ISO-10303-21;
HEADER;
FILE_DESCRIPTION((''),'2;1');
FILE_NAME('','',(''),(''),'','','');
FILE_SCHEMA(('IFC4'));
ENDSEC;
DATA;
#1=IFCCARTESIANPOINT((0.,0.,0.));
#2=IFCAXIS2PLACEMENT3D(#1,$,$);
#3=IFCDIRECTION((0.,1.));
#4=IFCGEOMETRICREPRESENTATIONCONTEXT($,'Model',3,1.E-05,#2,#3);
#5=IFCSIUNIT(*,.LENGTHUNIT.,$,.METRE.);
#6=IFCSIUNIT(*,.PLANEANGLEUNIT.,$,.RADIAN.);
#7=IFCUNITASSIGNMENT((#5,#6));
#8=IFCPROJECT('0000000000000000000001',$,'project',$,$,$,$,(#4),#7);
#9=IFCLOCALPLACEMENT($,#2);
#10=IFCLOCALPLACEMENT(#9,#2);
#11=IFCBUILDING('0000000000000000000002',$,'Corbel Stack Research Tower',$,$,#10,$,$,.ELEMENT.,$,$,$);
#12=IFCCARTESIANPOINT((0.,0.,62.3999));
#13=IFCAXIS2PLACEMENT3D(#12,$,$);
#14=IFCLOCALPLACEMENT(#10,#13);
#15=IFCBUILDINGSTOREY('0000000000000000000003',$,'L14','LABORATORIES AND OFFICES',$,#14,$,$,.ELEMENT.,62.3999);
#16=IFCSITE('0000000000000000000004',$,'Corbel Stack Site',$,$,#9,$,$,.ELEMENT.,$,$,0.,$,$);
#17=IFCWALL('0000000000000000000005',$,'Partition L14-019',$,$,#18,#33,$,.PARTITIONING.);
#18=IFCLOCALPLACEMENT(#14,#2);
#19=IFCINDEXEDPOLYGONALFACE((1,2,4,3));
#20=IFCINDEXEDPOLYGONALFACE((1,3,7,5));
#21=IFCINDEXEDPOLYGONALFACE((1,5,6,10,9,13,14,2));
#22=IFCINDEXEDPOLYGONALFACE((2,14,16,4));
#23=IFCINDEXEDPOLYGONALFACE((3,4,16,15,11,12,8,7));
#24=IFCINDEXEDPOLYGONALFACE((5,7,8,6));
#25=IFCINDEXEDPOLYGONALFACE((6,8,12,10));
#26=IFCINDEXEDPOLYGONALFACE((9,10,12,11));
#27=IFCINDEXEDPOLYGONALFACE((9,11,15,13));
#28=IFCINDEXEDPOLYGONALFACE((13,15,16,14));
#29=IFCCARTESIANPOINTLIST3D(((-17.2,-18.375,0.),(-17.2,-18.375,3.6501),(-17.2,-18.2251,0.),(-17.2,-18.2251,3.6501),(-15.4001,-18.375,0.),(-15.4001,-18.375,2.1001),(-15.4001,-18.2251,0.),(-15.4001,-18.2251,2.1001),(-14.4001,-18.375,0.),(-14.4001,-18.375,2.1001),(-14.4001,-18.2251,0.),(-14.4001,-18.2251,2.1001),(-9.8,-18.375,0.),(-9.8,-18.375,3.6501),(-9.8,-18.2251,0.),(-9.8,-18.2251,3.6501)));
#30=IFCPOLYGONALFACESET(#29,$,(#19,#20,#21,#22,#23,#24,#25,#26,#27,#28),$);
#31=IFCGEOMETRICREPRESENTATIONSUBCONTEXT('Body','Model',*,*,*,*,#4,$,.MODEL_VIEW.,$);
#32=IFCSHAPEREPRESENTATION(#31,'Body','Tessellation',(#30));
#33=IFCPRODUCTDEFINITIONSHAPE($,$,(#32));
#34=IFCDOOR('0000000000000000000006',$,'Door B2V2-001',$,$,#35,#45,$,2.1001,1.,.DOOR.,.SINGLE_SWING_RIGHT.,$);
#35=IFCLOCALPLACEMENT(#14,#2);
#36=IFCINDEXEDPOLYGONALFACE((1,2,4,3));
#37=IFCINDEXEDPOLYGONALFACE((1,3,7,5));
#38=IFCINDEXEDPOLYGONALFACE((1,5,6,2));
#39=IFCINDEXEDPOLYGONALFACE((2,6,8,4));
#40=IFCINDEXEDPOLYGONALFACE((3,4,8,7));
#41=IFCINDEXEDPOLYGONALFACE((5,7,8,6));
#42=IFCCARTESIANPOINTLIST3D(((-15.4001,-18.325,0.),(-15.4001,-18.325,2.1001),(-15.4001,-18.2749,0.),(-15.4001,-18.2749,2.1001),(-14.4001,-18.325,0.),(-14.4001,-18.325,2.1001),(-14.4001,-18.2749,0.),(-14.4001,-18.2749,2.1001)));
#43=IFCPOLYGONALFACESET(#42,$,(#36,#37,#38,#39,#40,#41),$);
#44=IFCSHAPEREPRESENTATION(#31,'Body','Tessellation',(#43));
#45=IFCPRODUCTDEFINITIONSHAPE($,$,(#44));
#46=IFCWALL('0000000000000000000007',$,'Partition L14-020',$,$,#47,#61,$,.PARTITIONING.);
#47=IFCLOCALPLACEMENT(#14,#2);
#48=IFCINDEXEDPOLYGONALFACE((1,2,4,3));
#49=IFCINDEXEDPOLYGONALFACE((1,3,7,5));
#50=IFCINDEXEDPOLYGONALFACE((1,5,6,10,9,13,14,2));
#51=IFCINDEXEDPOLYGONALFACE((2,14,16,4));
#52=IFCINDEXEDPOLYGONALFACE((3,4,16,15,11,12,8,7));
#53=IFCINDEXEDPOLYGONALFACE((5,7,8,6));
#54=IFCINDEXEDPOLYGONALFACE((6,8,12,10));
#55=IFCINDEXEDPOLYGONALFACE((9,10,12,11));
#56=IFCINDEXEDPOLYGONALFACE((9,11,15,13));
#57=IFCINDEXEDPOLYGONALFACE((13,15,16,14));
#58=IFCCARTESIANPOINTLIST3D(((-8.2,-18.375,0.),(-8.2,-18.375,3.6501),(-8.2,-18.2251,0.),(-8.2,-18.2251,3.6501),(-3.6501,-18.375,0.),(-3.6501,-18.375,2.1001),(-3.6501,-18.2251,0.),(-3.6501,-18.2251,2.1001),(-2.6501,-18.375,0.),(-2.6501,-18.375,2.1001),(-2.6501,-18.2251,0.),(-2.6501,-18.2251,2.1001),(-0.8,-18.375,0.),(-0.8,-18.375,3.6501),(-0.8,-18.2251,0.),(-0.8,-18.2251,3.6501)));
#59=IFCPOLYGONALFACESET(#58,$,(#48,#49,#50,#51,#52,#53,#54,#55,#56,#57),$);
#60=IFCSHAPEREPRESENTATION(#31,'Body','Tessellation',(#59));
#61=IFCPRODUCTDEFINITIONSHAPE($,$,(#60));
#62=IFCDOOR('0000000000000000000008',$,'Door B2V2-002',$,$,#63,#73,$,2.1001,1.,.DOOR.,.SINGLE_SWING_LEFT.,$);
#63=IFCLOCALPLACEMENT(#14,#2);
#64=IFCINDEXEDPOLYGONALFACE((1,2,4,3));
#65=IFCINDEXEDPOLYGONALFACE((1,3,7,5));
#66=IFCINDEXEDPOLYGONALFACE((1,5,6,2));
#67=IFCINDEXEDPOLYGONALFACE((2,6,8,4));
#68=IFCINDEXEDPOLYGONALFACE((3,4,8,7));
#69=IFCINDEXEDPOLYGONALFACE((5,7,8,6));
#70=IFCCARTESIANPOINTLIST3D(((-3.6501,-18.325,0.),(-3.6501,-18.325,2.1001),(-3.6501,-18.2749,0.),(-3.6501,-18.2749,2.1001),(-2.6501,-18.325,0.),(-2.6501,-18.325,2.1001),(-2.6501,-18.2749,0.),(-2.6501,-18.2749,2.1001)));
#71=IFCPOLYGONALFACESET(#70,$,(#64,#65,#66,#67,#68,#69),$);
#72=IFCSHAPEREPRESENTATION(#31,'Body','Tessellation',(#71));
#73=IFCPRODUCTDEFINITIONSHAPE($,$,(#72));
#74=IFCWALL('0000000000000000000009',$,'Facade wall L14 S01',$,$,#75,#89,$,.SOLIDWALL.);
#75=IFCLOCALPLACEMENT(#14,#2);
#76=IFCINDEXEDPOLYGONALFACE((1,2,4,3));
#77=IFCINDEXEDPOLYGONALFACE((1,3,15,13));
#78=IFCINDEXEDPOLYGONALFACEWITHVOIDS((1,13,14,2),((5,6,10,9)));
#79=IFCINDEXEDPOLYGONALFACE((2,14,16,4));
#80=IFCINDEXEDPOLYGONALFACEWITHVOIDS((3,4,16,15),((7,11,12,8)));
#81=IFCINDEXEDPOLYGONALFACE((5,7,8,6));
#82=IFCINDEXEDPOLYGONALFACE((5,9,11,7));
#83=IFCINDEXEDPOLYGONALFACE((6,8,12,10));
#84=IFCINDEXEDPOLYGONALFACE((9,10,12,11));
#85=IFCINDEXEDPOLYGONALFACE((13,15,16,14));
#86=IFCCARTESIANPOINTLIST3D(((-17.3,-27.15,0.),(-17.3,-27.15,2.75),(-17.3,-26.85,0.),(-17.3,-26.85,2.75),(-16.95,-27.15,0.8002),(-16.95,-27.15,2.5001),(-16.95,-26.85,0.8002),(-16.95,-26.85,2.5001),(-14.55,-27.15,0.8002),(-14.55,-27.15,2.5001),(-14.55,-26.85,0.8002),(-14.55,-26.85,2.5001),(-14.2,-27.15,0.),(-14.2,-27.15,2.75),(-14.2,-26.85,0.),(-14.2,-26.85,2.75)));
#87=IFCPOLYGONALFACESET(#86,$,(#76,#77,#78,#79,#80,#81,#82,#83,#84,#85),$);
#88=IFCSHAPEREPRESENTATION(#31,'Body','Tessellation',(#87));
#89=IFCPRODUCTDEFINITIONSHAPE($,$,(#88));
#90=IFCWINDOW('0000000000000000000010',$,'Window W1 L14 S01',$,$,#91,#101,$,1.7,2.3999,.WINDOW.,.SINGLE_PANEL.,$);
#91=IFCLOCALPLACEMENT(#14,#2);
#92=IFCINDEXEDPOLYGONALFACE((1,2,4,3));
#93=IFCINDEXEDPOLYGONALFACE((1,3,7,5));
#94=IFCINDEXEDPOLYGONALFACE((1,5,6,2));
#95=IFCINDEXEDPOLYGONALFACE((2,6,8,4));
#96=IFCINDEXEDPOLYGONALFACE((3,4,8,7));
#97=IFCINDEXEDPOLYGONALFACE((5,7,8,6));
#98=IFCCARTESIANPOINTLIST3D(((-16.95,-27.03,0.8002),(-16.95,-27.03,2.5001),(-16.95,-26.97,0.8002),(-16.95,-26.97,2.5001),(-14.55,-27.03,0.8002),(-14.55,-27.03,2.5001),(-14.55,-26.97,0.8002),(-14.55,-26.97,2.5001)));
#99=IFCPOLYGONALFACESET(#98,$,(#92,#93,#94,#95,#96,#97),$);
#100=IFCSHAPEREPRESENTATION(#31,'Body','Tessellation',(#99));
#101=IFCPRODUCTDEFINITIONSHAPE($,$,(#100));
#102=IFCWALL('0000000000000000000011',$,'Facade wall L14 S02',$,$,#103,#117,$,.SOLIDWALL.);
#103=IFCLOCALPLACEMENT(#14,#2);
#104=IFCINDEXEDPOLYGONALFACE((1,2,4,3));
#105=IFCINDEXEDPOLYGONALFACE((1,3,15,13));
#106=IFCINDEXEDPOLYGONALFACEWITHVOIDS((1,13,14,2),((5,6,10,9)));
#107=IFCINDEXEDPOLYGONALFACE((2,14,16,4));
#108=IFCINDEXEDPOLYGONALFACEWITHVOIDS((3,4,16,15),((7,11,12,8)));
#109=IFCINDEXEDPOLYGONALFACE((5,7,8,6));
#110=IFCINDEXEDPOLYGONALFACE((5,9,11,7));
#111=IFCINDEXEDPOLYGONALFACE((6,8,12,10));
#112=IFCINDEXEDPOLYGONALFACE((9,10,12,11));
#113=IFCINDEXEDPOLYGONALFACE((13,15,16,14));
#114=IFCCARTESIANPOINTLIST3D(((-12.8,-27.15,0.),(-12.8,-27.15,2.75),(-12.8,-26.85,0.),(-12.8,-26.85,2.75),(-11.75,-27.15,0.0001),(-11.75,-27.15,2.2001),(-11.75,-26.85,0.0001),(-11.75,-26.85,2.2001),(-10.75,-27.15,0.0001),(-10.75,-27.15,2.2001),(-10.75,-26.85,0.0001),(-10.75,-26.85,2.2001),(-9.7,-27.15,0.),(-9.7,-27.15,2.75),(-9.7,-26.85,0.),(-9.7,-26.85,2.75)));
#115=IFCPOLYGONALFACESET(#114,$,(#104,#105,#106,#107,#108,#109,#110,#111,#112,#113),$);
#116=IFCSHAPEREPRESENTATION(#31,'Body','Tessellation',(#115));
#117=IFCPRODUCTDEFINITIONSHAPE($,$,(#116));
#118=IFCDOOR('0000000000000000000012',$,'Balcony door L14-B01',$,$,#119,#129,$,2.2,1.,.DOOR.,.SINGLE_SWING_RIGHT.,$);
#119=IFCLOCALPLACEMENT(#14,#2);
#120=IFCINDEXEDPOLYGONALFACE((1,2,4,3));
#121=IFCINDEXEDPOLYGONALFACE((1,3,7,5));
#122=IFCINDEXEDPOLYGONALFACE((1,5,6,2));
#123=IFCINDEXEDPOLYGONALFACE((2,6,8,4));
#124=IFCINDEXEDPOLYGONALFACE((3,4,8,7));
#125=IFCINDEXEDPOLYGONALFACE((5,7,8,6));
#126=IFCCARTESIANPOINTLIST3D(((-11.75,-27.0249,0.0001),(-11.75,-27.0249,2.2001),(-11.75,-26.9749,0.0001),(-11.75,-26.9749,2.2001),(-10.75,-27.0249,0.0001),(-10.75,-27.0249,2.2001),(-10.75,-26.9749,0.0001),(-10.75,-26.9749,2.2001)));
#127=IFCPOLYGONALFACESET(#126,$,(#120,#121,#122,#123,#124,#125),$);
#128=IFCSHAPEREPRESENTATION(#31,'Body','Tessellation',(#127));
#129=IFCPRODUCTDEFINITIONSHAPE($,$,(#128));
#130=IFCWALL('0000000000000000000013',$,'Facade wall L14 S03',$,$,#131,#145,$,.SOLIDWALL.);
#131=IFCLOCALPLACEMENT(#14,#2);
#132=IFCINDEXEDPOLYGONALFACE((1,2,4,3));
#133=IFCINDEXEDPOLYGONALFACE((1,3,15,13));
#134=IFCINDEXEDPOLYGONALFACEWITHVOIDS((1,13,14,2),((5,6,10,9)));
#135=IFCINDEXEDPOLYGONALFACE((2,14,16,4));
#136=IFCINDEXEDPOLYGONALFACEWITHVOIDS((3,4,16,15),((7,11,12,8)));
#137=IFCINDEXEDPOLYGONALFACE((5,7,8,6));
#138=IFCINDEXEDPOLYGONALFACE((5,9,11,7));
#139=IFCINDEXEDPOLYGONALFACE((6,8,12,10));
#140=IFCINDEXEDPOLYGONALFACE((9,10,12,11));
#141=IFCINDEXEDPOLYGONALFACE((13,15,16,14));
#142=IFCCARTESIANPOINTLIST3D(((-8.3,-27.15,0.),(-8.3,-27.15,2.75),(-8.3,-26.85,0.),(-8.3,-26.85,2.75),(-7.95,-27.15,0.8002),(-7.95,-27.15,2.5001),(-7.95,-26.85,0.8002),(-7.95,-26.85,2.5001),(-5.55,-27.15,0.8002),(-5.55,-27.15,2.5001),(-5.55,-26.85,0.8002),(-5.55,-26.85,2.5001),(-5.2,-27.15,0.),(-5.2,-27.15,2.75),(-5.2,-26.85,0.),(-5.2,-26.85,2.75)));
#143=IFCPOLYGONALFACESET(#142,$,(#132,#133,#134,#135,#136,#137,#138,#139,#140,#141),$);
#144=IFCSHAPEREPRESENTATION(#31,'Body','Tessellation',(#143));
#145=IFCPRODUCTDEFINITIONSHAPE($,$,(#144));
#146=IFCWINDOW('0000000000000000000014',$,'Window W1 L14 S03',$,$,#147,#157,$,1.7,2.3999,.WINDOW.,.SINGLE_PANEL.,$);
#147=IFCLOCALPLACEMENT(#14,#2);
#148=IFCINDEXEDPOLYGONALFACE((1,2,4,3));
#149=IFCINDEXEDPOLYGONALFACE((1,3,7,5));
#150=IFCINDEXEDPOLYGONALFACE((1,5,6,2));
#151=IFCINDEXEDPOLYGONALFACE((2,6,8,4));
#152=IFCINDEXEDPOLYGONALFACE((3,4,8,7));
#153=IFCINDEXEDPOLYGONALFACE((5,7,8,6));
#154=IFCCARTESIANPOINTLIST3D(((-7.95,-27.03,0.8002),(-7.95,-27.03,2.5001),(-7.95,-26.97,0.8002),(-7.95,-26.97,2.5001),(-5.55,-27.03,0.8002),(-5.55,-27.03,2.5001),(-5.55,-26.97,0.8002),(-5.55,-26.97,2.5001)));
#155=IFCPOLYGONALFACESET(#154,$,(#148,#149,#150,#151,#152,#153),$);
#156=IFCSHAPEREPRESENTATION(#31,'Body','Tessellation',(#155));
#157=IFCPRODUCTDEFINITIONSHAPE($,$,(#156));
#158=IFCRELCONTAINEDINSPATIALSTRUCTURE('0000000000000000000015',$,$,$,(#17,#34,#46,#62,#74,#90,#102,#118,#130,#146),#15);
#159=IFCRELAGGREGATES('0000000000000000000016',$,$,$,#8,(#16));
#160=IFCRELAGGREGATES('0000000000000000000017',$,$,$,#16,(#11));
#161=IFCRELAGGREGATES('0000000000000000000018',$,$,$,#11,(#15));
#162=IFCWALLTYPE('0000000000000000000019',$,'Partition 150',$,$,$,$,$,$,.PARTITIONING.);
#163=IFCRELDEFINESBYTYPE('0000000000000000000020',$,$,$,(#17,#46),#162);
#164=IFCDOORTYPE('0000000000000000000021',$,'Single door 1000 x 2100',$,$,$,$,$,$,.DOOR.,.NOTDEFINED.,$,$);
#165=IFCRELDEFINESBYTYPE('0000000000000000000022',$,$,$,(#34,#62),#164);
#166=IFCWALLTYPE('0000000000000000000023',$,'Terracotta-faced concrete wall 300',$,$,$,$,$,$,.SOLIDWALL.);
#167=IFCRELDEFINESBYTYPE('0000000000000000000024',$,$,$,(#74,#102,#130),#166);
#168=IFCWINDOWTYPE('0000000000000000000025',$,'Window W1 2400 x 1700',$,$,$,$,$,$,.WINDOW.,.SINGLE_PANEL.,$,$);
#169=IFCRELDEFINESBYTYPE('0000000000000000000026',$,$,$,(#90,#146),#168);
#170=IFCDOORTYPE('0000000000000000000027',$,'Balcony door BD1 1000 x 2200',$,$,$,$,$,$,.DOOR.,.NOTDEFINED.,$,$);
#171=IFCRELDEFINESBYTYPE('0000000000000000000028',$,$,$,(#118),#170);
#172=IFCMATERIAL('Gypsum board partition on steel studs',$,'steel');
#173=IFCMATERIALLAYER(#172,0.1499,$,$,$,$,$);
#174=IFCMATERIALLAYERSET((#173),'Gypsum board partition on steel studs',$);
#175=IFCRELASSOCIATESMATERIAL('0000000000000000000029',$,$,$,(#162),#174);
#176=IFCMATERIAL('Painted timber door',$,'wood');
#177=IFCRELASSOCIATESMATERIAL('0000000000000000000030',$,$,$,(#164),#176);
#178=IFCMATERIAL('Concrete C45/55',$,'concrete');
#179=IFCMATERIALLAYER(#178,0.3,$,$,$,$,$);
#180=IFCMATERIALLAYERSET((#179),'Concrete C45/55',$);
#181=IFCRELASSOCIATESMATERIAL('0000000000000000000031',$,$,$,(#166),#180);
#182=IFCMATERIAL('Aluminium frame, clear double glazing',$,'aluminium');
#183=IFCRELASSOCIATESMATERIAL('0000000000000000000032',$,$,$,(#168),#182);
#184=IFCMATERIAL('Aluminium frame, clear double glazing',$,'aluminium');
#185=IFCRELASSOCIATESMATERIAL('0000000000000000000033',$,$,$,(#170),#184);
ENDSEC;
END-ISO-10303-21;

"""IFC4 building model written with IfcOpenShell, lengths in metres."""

from ifc_helpers import new_model, si_unit, direction, frame, frame_2d, origin, place, context, subcontext, project, spatial, rectangle, extrude, material, layer, layer_set, type_object, element, fill, save


model = new_model("IFC4")

# Units and contexts
model_context = context("Model", 3, precision=1e-05, world=origin(), true_north=direction((0.0, 1.0)))
body_context = subcontext(model_context, "Body", "Model", "MODEL_VIEW")
ifc_project = project(units=[si_unit("LENGTHUNIT", "METRE"), si_unit("PLANEANGLEUNIT", "RADIAN")], contexts=[model_context])

# Site, building, storey
site_placement = place(None, origin())
site = spatial("IfcSite", under=ifc_project, at=site_placement, Name="Corbel Stack Site", CompositionType="ELEMENT", RefElevation=0.0)
building_placement = place(site_placement, origin())
building = spatial("IfcBuilding", under=site, at=building_placement, Name="Corbel Stack Research Tower", CompositionType="ELEMENT")
storey_placement = place(building_placement, frame((0.0, 0.0, 62.3999)))
storey = spatial("IfcBuildingStorey", under=building, at=storey_placement, Name="L14", Description="LABORATORIES AND OFFICES", CompositionType="ELEMENT", Elevation=62.3999)

# Walls, openings, doors
ifc_material_1 = material(Name="Gypsum board partition on steel studs", Category="steel")
ifc_layer_1 = layer(ifc_material_1, 0.1499)
ifc_layer_set_1 = layer_set([ifc_layer_1], Name="Gypsum board partition on steel studs")
wall_type_1 = type_object("IfcWallType", Name="Partition 150", PredefinedType="PARTITIONING", material=ifc_layer_set_1)
wall_1_placement = place(storey_placement, frame((-9.8, -18.3, 0.0), z_axis=(0.0, 0.0, 1.0), x_axis=(-1.0, 0.0, 0.0)))
wall_1 = element("IfcWall", 1, at=wall_1_placement, inside=storey, type_object=wall_type_1, Name="Partition L14-019", PredefinedType="PARTITIONING", context=body_context, shape_type="SweptSolid", body=[
    extrude(rectangle(XDim=7.3999, YDim=0.1499, at=frame_2d((3.7, 0.0))), origin(), (0.0, 0.0, 1.0), 3.6501),
])
opening_1_placement = place(wall_1_placement, frame((4.6001, 0.0, 0.0)))
opening_1 = element("IfcOpeningElement", 2, at=opening_1_placement, cuts=wall_1, PredefinedType="OPENING", context=body_context, shape_type="SweptSolid", body=[
    extrude(rectangle(XDim=1.0, YDim=2.1001, at=frame_2d((0.5, 1.05))), frame((0.0, 0.085, 0.0), z_axis=(0.0, -1.0, 0.0), x_axis=(1.0, 0.0, 0.0)), (0.0, 0.0, 1.0), 0.1699),
])
ifc_material_2 = material(Name="Painted timber door", Category="wood")
door_type_1 = type_object("IfcDoorType", Name="Single door 1000 x 2100", OperationType="NOTDEFINED", PredefinedType="DOOR", material=ifc_material_2)
door_1_placement = place(opening_1_placement, origin())
door_1 = element("IfcDoor", 3, at=door_1_placement, inside=storey, type_object=door_type_1, Name="Door B2V2-001", OperationType="SINGLE_SWING_RIGHT", OverallHeight=2.1001, OverallWidth=1.0, PredefinedType="DOOR", context=body_context, shape_type="SweptSolid", body=[
    extrude(rectangle(XDim=1.0, YDim=2.1001, at=frame_2d((0.5, 1.05))), frame((0.0, 0.0249, 0.0), z_axis=(0.0, -1.0, 0.0), x_axis=(1.0, 0.0, 0.0)), (0.0, 0.0, 1.0), 0.05),
])
fill(opening_1, door_1)
wall_2_placement = place(storey_placement, frame((-0.8, -18.3, 0.0), z_axis=(0.0, 0.0, 1.0), x_axis=(-1.0, 0.0, 0.0)))
wall_2 = element("IfcWall", 4, at=wall_2_placement, inside=storey, type_object=wall_type_1, Name="Partition L14-020", PredefinedType="PARTITIONING", context=body_context, shape_type="SweptSolid", body=[
    extrude(rectangle(XDim=7.3999, YDim=0.1499, at=frame_2d((3.7, 0.0))), origin(), (0.0, 0.0, 1.0), 3.6501),
])
opening_2_placement = place(wall_2_placement, frame((1.8501, 0.0, 0.0)))
opening_2 = element("IfcOpeningElement", 5, at=opening_2_placement, cuts=wall_2, PredefinedType="OPENING", context=body_context, shape_type="SweptSolid", body=[
    extrude(rectangle(XDim=1.0, YDim=2.1001, at=frame_2d((0.5, 1.05))), frame((0.0, 0.085, 0.0), z_axis=(0.0, -1.0, 0.0), x_axis=(1.0, 0.0, 0.0)), (0.0, 0.0, 1.0), 0.1699),
])
door_2_placement = place(opening_2_placement, origin())
door_2 = element("IfcDoor", 6, at=door_2_placement, inside=storey, type_object=door_type_1, Name="Door B2V2-002", OperationType="SINGLE_SWING_LEFT", OverallHeight=2.1001, OverallWidth=1.0, PredefinedType="DOOR", context=body_context, shape_type="SweptSolid", body=[
    extrude(rectangle(XDim=1.0, YDim=2.1001, at=frame_2d((0.5, 1.05))), frame((0.0, 0.0249, 0.0), z_axis=(0.0, -1.0, 0.0), x_axis=(1.0, 0.0, 0.0)), (0.0, 0.0, 1.0), 0.05),
])
fill(opening_2, door_2)

# Wall, opening, window
ifc_material_3 = material(Name="Concrete C45/55", Category="concrete")
ifc_layer_2 = layer(ifc_material_3, 0.3)
ifc_layer_set_2 = layer_set([ifc_layer_2], Name="Concrete C45/55")
wall_type_2 = type_object("IfcWallType", Name="Terracotta-faced concrete wall 300", PredefinedType="SOLIDWALL", material=ifc_layer_set_2)
wall_3_placement = place(storey_placement, frame((-14.2, -27.0, 0.0), z_axis=(0.0, 0.0, 1.0), x_axis=(-1.0, 0.0, 0.0)))
wall_3 = element("IfcWall", 7, at=wall_3_placement, inside=storey, type_object=wall_type_2, Name="Facade wall L14 S01", PredefinedType="SOLIDWALL", context=body_context, shape_type="SweptSolid", body=[
    extrude(rectangle(XDim=3.1001, YDim=0.3, at=frame_2d((1.55, 0.0))), origin(), (0.0, 0.0, 1.0), 2.75),
])
opening_3_placement = place(wall_3_placement, frame((0.3501, 0.0, 0.8)))
opening_3 = element("IfcOpeningElement", 8, at=opening_3_placement, cuts=wall_3, PredefinedType="OPENING", context=body_context, shape_type="SweptSolid", body=[
    extrude(rectangle(XDim=2.3999, YDim=1.7, at=frame_2d((1.2, 0.8501))), frame((0.0, 0.1599, 0.0), z_axis=(0.0, -1.0, 0.0), x_axis=(1.0, 0.0, 0.0)), (0.0, 0.0, 1.0), 0.3201),
])
ifc_material_4 = material(Name="Aluminium frame, clear double glazing", Category="aluminium")
window_type = type_object("IfcWindowType", Name="Window W1 2400 x 1700", PartitioningType="SINGLE_PANEL", PredefinedType="WINDOW", material=ifc_material_4)
window_1_placement = place(opening_3_placement, origin())
window_1 = element("IfcWindow", 9, at=window_1_placement, inside=storey, type_object=window_type, Name="Window W1 L14 S01", OverallHeight=1.7, OverallWidth=2.3999, PartitioningType="SINGLE_PANEL", PredefinedType="WINDOW", context=body_context, shape_type="SweptSolid", body=[
    extrude(rectangle(XDim=2.3999, YDim=1.7, at=frame_2d((1.2, 0.8501))), frame((0.0, 0.03, 0.0), z_axis=(0.0, -1.0, 0.0), x_axis=(1.0, 0.0, 0.0)), (0.0, 0.0, 1.0), 0.0601),
])
fill(opening_3, window_1)

# Wall, opening, door
wall_4_placement = place(storey_placement, frame((-9.7, -27.0, 0.0), z_axis=(0.0, 0.0, 1.0), x_axis=(-1.0, 0.0, 0.0)))
wall_4 = element("IfcWall", 10, at=wall_4_placement, inside=storey, type_object=wall_type_2, Name="Facade wall L14 S02", PredefinedType="SOLIDWALL", context=body_context, shape_type="SweptSolid", body=[
    extrude(rectangle(XDim=3.1001, YDim=0.3, at=frame_2d((1.55, 0.0))), origin(), (0.0, 0.0, 1.0), 2.75),
])
opening_4_placement = place(wall_4_placement, frame((1.05, 0.0, 0.0)))
opening_4 = element("IfcOpeningElement", 11, at=opening_4_placement, cuts=wall_4, PredefinedType="OPENING", context=body_context, shape_type="SweptSolid", body=[
    extrude(rectangle(XDim=1.0, YDim=2.2, at=frame_2d((0.5, 1.1001))), frame((0.0, 0.1599, 0.0), z_axis=(0.0, -1.0, 0.0), x_axis=(1.0, 0.0, 0.0)), (0.0, 0.0, 1.0), 0.3201),
])
ifc_material_5 = material(Name="Aluminium frame, clear double glazing", Category="aluminium")
door_type_2 = type_object("IfcDoorType", Name="Balcony door BD1 1000 x 2200", OperationType="NOTDEFINED", PredefinedType="DOOR", material=ifc_material_5)
door_3_placement = place(opening_4_placement, origin())
door_3 = element("IfcDoor", 12, at=door_3_placement, inside=storey, type_object=door_type_2, Name="Balcony door L14-B01", OperationType="SINGLE_SWING_RIGHT", OverallHeight=2.2, OverallWidth=1.0, PredefinedType="DOOR", context=body_context, shape_type="SweptSolid", body=[
    extrude(rectangle(XDim=1.0, YDim=2.2, at=frame_2d((0.5, 1.1001))), frame((0.0, 0.0249, 0.0), z_axis=(0.0, -1.0, 0.0), x_axis=(1.0, 0.0, 0.0)), (0.0, 0.0, 1.0), 0.05),
])
fill(opening_4, door_3)

# Wall, opening, window
wall_5_placement = place(storey_placement, frame((-5.2, -27.0, 0.0), z_axis=(0.0, 0.0, 1.0), x_axis=(-1.0, 0.0, 0.0)))
wall_5 = element("IfcWall", 13, at=wall_5_placement, inside=storey, type_object=wall_type_2, Name="Facade wall L14 S03", PredefinedType="SOLIDWALL", context=body_context, shape_type="SweptSolid", body=[
    extrude(rectangle(XDim=3.1001, YDim=0.3, at=frame_2d((1.55, 0.0))), origin(), (0.0, 0.0, 1.0), 2.75),
])
opening_5_placement = place(wall_5_placement, frame((0.3501, 0.0, 0.8)))
opening_5 = element("IfcOpeningElement", 14, at=opening_5_placement, cuts=wall_5, PredefinedType="OPENING", context=body_context, shape_type="SweptSolid", body=[
    extrude(rectangle(XDim=2.3999, YDim=1.7, at=frame_2d((1.2, 0.8501))), frame((0.0, 0.1599, 0.0), z_axis=(0.0, -1.0, 0.0), x_axis=(1.0, 0.0, 0.0)), (0.0, 0.0, 1.0), 0.3201),
])
window_2_placement = place(opening_5_placement, origin())
window_2 = element("IfcWindow", 15, at=window_2_placement, inside=storey, type_object=window_type, Name="Window W1 L14 S03", OverallHeight=1.7, OverallWidth=2.3999, PartitioningType="SINGLE_PANEL", PredefinedType="WINDOW", context=body_context, shape_type="SweptSolid", body=[
    extrude(rectangle(XDim=2.3999, YDim=1.7, at=frame_2d((1.2, 0.8501))), frame((0.0, 0.03, 0.0), z_axis=(0.0, -1.0, 0.0), x_axis=(1.0, 0.0, 0.0)), (0.0, 0.0, 1.0), 0.0601),
])
fill(opening_5, window_2)

save(model, "model.ifc")
